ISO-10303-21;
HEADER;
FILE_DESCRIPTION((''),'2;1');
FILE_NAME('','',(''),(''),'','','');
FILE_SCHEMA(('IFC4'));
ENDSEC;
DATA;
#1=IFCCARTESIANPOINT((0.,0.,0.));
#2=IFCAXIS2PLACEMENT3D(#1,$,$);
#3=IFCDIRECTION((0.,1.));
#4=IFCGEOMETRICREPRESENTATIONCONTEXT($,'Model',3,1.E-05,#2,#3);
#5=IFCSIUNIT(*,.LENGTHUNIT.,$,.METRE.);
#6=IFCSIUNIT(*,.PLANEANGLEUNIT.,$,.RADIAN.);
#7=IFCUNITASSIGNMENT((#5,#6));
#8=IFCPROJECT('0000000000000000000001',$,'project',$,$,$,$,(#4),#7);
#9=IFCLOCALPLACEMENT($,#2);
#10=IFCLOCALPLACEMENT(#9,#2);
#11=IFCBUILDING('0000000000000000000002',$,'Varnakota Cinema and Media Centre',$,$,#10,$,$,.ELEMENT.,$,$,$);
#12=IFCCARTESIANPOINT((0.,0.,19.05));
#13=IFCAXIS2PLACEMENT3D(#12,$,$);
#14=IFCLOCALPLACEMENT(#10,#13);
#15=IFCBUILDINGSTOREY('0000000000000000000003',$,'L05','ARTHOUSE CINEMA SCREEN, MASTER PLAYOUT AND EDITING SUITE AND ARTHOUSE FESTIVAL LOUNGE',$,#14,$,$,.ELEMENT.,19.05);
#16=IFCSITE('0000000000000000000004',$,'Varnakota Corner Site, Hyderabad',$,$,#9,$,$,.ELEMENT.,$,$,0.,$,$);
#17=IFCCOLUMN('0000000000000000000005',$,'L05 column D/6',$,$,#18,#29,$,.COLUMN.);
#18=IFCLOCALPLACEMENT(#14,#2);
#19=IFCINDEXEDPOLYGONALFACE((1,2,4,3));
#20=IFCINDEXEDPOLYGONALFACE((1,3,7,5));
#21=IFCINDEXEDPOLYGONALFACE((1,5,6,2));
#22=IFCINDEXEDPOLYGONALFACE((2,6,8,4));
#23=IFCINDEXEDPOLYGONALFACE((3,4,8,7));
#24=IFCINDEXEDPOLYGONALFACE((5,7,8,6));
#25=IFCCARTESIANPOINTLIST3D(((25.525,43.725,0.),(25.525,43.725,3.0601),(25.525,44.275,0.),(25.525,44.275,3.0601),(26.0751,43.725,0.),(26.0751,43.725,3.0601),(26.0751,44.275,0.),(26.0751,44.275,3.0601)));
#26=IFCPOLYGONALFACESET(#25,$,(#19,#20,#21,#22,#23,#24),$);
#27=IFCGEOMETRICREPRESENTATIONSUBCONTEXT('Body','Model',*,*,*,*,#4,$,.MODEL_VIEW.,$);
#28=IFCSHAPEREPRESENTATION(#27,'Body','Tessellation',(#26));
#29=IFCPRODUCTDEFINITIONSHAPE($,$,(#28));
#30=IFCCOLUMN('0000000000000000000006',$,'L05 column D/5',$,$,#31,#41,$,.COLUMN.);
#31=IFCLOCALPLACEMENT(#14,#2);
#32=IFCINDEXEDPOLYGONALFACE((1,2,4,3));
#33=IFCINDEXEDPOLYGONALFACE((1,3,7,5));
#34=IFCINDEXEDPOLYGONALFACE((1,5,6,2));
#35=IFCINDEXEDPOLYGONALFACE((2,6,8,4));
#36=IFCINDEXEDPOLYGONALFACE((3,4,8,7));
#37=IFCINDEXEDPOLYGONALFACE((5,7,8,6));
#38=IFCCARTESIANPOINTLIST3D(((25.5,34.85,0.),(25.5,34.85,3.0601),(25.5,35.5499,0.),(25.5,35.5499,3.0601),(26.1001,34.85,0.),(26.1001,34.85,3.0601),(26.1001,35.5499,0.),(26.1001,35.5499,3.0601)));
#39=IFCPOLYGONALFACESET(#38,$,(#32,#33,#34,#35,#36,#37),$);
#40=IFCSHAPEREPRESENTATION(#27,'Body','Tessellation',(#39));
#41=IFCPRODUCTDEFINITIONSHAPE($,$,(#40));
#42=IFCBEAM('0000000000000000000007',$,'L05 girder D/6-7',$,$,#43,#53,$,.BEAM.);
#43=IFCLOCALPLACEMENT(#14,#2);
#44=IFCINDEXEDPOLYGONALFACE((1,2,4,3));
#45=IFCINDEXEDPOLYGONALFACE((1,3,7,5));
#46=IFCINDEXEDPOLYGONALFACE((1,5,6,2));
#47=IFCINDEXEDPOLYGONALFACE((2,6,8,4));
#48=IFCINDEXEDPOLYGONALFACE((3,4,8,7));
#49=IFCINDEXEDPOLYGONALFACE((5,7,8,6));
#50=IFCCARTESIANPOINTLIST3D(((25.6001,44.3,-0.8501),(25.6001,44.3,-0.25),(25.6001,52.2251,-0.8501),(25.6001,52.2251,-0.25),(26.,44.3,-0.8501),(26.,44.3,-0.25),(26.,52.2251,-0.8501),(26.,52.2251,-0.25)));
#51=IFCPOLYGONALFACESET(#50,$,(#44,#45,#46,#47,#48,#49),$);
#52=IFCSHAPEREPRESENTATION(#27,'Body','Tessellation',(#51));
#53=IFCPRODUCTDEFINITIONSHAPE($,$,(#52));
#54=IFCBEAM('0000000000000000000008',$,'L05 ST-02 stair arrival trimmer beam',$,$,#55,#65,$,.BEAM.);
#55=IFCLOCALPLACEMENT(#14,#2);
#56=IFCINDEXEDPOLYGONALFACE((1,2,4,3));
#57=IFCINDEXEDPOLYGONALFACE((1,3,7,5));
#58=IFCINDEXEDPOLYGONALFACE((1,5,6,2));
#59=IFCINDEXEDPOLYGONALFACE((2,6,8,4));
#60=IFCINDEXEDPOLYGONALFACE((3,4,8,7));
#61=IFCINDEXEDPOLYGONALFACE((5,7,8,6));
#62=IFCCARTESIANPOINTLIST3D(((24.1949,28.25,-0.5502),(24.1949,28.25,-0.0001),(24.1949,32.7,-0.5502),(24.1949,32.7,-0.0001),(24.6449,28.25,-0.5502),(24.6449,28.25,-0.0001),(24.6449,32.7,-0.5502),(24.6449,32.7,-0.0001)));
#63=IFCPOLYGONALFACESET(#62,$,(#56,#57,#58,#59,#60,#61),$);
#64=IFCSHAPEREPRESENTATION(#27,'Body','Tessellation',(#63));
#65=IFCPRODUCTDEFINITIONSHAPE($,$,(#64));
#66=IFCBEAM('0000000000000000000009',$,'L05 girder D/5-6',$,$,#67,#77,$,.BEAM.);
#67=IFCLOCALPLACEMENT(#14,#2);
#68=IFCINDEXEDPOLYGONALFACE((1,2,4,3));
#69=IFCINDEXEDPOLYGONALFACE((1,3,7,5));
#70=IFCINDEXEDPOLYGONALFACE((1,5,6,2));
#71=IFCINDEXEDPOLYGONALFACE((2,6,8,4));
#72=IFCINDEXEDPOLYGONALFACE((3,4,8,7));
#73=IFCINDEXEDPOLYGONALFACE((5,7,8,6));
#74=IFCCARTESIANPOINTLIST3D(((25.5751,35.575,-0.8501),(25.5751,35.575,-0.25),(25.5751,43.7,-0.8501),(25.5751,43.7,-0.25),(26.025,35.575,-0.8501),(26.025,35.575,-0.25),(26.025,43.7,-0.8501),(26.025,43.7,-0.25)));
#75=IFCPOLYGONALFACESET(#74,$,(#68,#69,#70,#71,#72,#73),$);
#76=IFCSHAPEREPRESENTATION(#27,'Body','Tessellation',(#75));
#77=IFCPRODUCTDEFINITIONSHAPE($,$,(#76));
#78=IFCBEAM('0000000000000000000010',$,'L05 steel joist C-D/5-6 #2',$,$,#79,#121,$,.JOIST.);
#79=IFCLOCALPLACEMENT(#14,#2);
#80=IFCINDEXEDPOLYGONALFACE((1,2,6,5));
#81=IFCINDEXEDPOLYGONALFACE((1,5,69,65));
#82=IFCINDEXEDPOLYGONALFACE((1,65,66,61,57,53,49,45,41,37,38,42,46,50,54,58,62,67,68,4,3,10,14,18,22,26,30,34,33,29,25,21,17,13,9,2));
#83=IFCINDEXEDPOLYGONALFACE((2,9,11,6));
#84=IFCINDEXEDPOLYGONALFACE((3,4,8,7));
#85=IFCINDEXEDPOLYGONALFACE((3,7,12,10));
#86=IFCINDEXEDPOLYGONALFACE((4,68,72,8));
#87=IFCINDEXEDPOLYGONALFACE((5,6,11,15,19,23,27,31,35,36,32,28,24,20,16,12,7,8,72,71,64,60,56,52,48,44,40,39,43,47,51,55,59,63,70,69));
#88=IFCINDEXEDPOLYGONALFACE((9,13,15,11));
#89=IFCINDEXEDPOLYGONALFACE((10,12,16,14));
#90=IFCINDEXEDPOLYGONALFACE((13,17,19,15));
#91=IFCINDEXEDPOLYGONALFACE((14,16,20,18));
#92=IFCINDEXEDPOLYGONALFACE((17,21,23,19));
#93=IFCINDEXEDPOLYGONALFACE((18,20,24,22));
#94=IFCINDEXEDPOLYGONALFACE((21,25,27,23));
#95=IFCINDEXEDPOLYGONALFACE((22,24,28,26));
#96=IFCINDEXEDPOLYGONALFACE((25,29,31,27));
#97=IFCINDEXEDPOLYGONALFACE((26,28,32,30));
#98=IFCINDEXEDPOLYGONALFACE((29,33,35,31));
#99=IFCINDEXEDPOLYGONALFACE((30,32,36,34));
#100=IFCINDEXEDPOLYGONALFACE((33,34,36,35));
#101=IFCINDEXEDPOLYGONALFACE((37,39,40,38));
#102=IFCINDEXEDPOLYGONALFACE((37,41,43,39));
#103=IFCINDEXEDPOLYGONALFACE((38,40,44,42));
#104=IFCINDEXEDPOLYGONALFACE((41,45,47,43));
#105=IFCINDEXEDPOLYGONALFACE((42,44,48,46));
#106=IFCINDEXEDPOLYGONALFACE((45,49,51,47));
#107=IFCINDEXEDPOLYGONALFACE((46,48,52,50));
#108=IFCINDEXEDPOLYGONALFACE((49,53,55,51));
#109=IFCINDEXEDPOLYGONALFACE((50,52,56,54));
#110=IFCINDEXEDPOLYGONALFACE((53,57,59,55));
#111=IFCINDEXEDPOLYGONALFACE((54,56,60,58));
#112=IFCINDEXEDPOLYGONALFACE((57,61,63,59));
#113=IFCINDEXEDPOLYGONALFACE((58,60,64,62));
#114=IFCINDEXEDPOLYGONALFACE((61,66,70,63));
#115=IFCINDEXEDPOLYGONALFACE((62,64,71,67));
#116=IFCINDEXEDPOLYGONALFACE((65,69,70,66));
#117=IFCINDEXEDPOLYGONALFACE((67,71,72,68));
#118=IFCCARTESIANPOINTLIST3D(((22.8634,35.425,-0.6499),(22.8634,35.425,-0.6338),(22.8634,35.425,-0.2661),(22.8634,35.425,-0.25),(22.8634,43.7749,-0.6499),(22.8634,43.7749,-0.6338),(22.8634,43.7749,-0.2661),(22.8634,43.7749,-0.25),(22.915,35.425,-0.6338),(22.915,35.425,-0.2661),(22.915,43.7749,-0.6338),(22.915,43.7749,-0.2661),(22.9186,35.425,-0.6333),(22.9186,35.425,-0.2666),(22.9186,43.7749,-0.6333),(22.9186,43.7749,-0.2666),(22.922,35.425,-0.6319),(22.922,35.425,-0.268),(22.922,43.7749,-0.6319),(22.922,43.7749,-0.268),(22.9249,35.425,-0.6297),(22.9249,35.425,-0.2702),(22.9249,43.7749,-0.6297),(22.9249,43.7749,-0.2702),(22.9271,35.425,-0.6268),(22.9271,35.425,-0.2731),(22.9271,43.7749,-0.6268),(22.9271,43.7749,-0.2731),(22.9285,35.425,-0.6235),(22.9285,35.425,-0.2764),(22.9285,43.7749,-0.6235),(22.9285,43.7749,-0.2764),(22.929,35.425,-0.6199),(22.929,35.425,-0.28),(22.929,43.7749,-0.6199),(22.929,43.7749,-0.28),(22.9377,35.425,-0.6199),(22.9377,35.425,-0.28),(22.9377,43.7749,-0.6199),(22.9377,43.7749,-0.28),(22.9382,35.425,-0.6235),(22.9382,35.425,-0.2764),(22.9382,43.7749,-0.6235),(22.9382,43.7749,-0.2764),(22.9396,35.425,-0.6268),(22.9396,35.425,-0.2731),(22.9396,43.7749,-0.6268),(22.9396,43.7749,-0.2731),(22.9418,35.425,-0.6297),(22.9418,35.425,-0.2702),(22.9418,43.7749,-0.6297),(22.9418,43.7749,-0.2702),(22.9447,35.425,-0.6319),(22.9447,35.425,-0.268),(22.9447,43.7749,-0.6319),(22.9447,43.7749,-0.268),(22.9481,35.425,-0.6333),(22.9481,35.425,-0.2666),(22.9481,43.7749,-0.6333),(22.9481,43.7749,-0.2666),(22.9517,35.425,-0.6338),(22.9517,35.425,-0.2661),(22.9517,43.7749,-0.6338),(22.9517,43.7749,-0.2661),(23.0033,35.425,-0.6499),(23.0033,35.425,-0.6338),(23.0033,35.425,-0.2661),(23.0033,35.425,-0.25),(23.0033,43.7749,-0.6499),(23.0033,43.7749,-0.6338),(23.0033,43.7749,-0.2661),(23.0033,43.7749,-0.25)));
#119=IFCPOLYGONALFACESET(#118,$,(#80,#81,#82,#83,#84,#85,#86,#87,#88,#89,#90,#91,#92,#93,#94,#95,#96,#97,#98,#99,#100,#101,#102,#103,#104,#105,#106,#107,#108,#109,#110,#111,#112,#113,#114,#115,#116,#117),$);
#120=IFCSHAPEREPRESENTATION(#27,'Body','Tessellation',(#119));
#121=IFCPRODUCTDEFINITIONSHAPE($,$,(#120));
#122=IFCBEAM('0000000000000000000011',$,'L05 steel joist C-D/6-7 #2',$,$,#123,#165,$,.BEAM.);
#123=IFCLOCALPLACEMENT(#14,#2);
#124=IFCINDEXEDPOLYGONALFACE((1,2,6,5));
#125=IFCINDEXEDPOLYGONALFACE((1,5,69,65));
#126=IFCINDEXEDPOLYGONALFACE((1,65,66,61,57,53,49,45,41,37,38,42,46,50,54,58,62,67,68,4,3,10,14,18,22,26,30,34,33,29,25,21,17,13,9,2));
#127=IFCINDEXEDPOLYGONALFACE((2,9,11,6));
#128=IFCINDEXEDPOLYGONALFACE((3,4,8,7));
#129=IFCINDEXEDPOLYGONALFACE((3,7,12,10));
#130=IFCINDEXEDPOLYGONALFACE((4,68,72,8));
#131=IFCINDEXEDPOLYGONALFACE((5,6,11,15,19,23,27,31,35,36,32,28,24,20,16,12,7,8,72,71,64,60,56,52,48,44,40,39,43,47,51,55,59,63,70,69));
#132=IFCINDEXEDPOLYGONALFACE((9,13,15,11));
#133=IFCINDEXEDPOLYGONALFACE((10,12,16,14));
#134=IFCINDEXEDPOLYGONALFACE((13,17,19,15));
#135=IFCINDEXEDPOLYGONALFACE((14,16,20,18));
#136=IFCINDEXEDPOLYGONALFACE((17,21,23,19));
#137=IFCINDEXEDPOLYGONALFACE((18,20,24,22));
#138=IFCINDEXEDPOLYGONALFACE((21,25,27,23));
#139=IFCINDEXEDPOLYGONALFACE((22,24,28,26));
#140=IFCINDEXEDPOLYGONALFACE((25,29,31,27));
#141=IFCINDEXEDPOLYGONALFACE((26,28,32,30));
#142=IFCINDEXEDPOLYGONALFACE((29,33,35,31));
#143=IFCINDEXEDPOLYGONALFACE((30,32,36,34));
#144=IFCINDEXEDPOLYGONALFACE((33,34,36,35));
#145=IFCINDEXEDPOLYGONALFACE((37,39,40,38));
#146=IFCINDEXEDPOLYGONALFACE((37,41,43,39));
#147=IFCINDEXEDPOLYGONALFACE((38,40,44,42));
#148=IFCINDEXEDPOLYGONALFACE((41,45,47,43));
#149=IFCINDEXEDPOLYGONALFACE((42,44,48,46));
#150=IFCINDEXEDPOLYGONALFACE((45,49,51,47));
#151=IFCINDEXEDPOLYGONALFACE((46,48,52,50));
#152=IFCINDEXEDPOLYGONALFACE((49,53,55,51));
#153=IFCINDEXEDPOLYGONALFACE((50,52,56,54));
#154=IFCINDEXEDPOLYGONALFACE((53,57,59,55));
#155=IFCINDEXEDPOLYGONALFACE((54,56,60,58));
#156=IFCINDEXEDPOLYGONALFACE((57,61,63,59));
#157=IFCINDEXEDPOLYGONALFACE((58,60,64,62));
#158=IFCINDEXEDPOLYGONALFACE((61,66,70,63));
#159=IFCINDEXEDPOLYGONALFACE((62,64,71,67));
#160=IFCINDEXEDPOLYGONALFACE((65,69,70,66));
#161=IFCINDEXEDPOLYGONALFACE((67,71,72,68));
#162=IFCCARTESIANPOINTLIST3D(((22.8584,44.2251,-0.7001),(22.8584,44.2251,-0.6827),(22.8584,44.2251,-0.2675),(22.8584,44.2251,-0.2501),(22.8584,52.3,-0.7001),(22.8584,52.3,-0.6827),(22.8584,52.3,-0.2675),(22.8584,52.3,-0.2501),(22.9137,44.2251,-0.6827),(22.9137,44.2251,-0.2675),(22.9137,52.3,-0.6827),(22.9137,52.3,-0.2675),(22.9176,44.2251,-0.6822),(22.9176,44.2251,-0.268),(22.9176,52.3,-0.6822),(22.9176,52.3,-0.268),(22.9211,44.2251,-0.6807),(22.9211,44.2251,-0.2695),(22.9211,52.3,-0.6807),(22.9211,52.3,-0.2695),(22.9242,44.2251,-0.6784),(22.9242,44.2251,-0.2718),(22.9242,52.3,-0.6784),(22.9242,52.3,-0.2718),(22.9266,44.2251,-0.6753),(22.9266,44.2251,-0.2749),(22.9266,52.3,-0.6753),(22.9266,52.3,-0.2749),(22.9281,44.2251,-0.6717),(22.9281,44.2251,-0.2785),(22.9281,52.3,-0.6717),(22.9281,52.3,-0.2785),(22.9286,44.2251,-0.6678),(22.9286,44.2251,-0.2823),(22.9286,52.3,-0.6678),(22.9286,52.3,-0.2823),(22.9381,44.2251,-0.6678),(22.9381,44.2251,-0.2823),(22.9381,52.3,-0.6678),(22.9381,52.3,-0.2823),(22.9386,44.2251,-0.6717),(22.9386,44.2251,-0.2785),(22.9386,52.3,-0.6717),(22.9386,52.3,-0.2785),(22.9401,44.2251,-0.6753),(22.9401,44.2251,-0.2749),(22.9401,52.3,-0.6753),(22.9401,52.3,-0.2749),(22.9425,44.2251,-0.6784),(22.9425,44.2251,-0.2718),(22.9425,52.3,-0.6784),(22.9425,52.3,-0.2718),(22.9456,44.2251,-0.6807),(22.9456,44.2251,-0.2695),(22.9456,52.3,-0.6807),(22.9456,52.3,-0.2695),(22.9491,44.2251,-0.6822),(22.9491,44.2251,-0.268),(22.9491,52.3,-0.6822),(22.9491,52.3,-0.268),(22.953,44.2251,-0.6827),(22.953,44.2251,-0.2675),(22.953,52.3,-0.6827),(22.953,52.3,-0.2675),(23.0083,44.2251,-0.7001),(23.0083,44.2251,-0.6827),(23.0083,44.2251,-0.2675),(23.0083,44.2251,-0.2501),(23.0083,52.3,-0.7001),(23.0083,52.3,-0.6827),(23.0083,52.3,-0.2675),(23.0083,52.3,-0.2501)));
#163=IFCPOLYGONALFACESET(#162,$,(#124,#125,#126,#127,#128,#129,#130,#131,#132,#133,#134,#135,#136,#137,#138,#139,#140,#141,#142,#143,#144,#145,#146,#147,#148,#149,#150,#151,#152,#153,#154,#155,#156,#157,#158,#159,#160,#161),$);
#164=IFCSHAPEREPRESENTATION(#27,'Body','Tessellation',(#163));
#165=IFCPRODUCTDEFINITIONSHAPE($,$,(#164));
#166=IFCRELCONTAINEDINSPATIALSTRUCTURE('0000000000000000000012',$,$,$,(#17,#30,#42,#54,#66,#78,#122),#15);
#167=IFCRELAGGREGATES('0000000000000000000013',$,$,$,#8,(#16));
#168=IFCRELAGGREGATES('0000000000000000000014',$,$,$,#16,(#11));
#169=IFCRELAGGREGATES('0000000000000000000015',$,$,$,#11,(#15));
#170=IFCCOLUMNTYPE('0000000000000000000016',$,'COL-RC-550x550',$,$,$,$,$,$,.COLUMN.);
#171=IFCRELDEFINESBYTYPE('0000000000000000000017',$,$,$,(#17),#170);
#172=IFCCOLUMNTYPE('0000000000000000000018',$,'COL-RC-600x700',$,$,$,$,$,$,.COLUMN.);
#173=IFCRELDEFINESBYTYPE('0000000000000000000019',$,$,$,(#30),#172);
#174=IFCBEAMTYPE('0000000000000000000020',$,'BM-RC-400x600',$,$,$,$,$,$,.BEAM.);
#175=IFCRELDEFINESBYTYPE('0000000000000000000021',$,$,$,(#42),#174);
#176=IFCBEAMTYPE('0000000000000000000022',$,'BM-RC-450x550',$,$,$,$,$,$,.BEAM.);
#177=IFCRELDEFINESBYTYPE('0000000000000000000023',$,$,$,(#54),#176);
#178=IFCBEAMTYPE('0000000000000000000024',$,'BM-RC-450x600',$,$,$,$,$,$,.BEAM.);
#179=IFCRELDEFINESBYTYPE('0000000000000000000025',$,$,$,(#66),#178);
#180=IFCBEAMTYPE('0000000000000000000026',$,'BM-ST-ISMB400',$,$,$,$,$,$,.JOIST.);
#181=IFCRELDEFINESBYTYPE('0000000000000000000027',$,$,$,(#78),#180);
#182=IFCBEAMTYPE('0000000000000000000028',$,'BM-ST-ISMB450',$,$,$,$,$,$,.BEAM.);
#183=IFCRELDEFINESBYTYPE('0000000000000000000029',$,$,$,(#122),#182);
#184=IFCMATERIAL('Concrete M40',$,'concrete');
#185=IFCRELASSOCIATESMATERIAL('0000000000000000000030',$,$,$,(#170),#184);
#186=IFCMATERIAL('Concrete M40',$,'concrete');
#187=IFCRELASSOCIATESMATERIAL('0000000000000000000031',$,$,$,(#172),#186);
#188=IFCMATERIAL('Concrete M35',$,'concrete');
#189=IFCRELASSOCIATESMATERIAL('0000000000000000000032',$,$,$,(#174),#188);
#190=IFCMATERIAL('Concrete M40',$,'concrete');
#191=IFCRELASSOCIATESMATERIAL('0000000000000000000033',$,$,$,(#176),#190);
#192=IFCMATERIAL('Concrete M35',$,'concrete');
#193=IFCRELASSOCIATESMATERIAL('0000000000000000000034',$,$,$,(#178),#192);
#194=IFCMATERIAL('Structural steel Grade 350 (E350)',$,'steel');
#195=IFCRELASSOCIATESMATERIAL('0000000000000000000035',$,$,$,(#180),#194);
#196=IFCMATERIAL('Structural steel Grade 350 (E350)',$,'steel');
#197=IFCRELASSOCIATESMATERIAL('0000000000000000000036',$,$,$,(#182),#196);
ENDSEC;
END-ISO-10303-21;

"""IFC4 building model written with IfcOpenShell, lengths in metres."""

from ifc_helpers import new_model, si_unit, direction, frame, origin, origin_2d, place, context, subcontext, project, spatial, rectangle, i_section, extrude, material, material_profile, profile_set, type_object, element, save


model = new_model("IFC4")

# Units and contexts
model_context = context("Model", 3, precision=1e-05, world=origin(), true_north=direction((0.0, 1.0)))
body_context = subcontext(model_context, "Body", "Model", "MODEL_VIEW")
ifc_project = project(units=[si_unit("LENGTHUNIT", "METRE"), si_unit("PLANEANGLEUNIT", "RADIAN")], contexts=[model_context])

# Site, building, storey
site_placement = place(None, origin())
site = spatial("IfcSite", under=ifc_project, at=site_placement, Name="Varnakota Corner Site, Hyderabad", CompositionType="ELEMENT", RefElevation=0.0)
building_placement = place(site_placement, origin())
building = spatial("IfcBuilding", under=site, at=building_placement, Name="Varnakota Cinema and Media Centre", CompositionType="ELEMENT")
storey_placement = place(building_placement, frame((0.0, 0.0, 19.05)))
storey = spatial("IfcBuildingStorey", under=building, at=storey_placement, Name="L05", Description="ARTHOUSE CINEMA SCREEN, MASTER PLAYOUT AND EDITING SUITE AND ARTHOUSE FESTIVAL LOUNGE", CompositionType="ELEMENT", Elevation=19.05)

# Columns
ifc_material_1 = material(Name="Concrete M40", Category="concrete")
ifc_material_profile_1 = material_profile(ifc_material_1, rectangle(XDim=0.55, YDim=0.55, at=origin_2d()), Name="RC 550x550")
ifc_profile_set_1 = profile_set([ifc_material_profile_1], Name="Concrete M40")
column_type_1 = type_object("IfcColumnType", Name="COL-RC-550x550", PredefinedType="COLUMN", material=ifc_profile_set_1)
column_1_placement = place(storey_placement, frame((25.8, 44.0, 0.0), z_axis=(0.0, 0.0, 1.0), x_axis=(1.0, 0.0, 0.0)))
element("IfcColumn", 1, at=column_1_placement, inside=storey, type_object=column_type_1, Name="L05 column D/6", PredefinedType="COLUMN", context=body_context, shape_type="SweptSolid", body=[
    extrude(rectangle(XDim=0.55, YDim=0.55, at=origin_2d()), origin(), (0.0, 0.0, 1.0), 3.0601),
])
ifc_material_2 = material(Name="Concrete M40", Category="concrete")
ifc_material_profile_2 = material_profile(ifc_material_2, rectangle(XDim=0.6001, YDim=0.7, at=origin_2d()), Name="RC 600x700")
ifc_profile_set_2 = profile_set([ifc_material_profile_2], Name="Concrete M40")
column_type_2 = type_object("IfcColumnType", Name="COL-RC-600x700", PredefinedType="COLUMN", material=ifc_profile_set_2)
column_2_placement = place(storey_placement, frame((25.8, 35.2, 0.0), z_axis=(0.0, 0.0, 1.0), x_axis=(1.0, 0.0, 0.0)))
element("IfcColumn", 2, at=column_2_placement, inside=storey, type_object=column_type_2, Name="L05 column D/5", PredefinedType="COLUMN", context=body_context, shape_type="SweptSolid", body=[
    extrude(rectangle(XDim=0.6001, YDim=0.7, at=origin_2d()), origin(), (0.0, 0.0, 1.0), 3.0601),
])

# Beams
ifc_material_3 = material(Name="Concrete M35", Category="concrete")
ifc_material_profile_3 = material_profile(ifc_material_3, rectangle(XDim=0.3999, YDim=0.6001, at=origin_2d()), Name="RCB 400x600")
ifc_profile_set_3 = profile_set([ifc_material_profile_3], Name="Concrete M35")
beam_type_1 = type_object("IfcBeamType", Name="BM-RC-400x600", PredefinedType="BEAM", material=ifc_profile_set_3)
beam_1_placement = place(storey_placement, frame((25.8, 44.3, -0.55), z_axis=(0.0, 1.0, 0.0), x_axis=(-1.0, 0.0, 0.0)))
element("IfcBeam", 3, at=beam_1_placement, inside=storey, type_object=beam_type_1, Name="L05 girder D/6-7", PredefinedType="BEAM", context=body_context, shape_type="SweptSolid", body=[
    extrude(rectangle(XDim=0.3999, YDim=0.6001, at=origin_2d()), origin(), (0.0, 0.0, 1.0), 7.925),
])
ifc_material_4 = material(Name="Concrete M40", Category="concrete")
ifc_material_profile_4 = material_profile(ifc_material_4, rectangle(XDim=0.45, YDim=0.55, at=origin_2d()), Name="RCB 450x550")
ifc_profile_set_4 = profile_set([ifc_material_profile_4], Name="Concrete M40")
beam_type_2 = type_object("IfcBeamType", Name="BM-RC-450x550", PredefinedType="BEAM", material=ifc_profile_set_4)
beam_2_placement = place(storey_placement, frame((24.4199, 28.25, -0.2751), z_axis=(0.0, 1.0, 0.0), x_axis=(-1.0, 0.0, 0.0)))
element("IfcBeam", 4, at=beam_2_placement, inside=storey, type_object=beam_type_2, Name="L05 ST-02 stair arrival trimmer beam", PredefinedType="BEAM", context=body_context, shape_type="SweptSolid", body=[
    extrude(rectangle(XDim=0.45, YDim=0.55, at=origin_2d()), origin(), (0.0, 0.0, 1.0), 4.45),
])
ifc_material_5 = material(Name="Concrete M35", Category="concrete")
ifc_material_profile_5 = material_profile(ifc_material_5, rectangle(XDim=0.45, YDim=0.6001, at=origin_2d()), Name="RCB 450x600")
ifc_profile_set_5 = profile_set([ifc_material_profile_5], Name="Concrete M35")
beam_type_3 = type_object("IfcBeamType", Name="BM-RC-450x600", PredefinedType="BEAM", material=ifc_profile_set_5)
beam_3_placement = place(storey_placement, frame((25.8, 35.575, -0.55), z_axis=(0.0, 1.0, 0.0), x_axis=(-1.0, 0.0, 0.0)))
element("IfcBeam", 5, at=beam_3_placement, inside=storey, type_object=beam_type_3, Name="L05 girder D/5-6", PredefinedType="BEAM", context=body_context, shape_type="SweptSolid", body=[
    extrude(rectangle(XDim=0.45, YDim=0.6001, at=origin_2d()), origin(), (0.0, 0.0, 1.0), 8.125),
])
ifc_material_6 = material(Name="Structural steel Grade 350 (E350)", Category="steel")
ifc_material_profile_6 = material_profile(ifc_material_6, i_section(OverallWidth=0.1399, OverallDepth=0.3999, WebThickness=0.0088, FlangeThickness=0.0161, FilletRadius=0.0139, at=origin_2d()), Name="ISMB 400")
ifc_profile_set_6 = profile_set([ifc_material_profile_6], Name="Structural steel Grade 350 (E350)")
beam_type_4 = type_object("IfcBeamType", Name="BM-ST-ISMB400", PredefinedType="JOIST", material=ifc_profile_set_6)
beam_4_placement = place(storey_placement, frame((22.9333, 35.425, -0.45), z_axis=(0.0, 1.0, 0.0), x_axis=(-1.0, 0.0, 0.0)))
element("IfcBeam", 6, at=beam_4_placement, inside=storey, type_object=beam_type_4, Name="L05 steel joist C-D/5-6 #2", PredefinedType="JOIST", context=body_context, shape_type="SweptSolid", body=[
    extrude(i_section(OverallWidth=0.1399, OverallDepth=0.3999, WebThickness=0.0088, FlangeThickness=0.0161, FilletRadius=0.0139, at=origin_2d()), origin(), (0.0, 0.0, 1.0), 8.3499),
])
ifc_material_7 = material(Name="Structural steel Grade 350 (E350)", Category="steel")
ifc_material_profile_7 = material_profile(ifc_material_7, i_section(OverallWidth=0.1499, OverallDepth=0.45, WebThickness=0.0095, FlangeThickness=0.0173, FilletRadius=0.0149, at=origin_2d()), Name="ISMB 450")
ifc_profile_set_7 = profile_set([ifc_material_profile_7], Name="Structural steel Grade 350 (E350)")
beam_type_5 = type_object("IfcBeamType", Name="BM-ST-ISMB450", PredefinedType="BEAM", material=ifc_profile_set_7)
beam_5_placement = place(storey_placement, frame((22.9333, 44.2251, -0.4751), z_axis=(0.0, 1.0, 0.0), x_axis=(-1.0, 0.0, 0.0)))
element("IfcBeam", 7, at=beam_5_placement, inside=storey, type_object=beam_type_5, Name="L05 steel joist C-D/6-7 #2", PredefinedType="BEAM", context=body_context, shape_type="SweptSolid", body=[
    extrude(i_section(OverallWidth=0.1499, OverallDepth=0.45, WebThickness=0.0095, FlangeThickness=0.0173, FilletRadius=0.0149, at=origin_2d()), origin(), (0.0, 0.0, 1.0), 8.075),
])

save(model, "model.ifc")
